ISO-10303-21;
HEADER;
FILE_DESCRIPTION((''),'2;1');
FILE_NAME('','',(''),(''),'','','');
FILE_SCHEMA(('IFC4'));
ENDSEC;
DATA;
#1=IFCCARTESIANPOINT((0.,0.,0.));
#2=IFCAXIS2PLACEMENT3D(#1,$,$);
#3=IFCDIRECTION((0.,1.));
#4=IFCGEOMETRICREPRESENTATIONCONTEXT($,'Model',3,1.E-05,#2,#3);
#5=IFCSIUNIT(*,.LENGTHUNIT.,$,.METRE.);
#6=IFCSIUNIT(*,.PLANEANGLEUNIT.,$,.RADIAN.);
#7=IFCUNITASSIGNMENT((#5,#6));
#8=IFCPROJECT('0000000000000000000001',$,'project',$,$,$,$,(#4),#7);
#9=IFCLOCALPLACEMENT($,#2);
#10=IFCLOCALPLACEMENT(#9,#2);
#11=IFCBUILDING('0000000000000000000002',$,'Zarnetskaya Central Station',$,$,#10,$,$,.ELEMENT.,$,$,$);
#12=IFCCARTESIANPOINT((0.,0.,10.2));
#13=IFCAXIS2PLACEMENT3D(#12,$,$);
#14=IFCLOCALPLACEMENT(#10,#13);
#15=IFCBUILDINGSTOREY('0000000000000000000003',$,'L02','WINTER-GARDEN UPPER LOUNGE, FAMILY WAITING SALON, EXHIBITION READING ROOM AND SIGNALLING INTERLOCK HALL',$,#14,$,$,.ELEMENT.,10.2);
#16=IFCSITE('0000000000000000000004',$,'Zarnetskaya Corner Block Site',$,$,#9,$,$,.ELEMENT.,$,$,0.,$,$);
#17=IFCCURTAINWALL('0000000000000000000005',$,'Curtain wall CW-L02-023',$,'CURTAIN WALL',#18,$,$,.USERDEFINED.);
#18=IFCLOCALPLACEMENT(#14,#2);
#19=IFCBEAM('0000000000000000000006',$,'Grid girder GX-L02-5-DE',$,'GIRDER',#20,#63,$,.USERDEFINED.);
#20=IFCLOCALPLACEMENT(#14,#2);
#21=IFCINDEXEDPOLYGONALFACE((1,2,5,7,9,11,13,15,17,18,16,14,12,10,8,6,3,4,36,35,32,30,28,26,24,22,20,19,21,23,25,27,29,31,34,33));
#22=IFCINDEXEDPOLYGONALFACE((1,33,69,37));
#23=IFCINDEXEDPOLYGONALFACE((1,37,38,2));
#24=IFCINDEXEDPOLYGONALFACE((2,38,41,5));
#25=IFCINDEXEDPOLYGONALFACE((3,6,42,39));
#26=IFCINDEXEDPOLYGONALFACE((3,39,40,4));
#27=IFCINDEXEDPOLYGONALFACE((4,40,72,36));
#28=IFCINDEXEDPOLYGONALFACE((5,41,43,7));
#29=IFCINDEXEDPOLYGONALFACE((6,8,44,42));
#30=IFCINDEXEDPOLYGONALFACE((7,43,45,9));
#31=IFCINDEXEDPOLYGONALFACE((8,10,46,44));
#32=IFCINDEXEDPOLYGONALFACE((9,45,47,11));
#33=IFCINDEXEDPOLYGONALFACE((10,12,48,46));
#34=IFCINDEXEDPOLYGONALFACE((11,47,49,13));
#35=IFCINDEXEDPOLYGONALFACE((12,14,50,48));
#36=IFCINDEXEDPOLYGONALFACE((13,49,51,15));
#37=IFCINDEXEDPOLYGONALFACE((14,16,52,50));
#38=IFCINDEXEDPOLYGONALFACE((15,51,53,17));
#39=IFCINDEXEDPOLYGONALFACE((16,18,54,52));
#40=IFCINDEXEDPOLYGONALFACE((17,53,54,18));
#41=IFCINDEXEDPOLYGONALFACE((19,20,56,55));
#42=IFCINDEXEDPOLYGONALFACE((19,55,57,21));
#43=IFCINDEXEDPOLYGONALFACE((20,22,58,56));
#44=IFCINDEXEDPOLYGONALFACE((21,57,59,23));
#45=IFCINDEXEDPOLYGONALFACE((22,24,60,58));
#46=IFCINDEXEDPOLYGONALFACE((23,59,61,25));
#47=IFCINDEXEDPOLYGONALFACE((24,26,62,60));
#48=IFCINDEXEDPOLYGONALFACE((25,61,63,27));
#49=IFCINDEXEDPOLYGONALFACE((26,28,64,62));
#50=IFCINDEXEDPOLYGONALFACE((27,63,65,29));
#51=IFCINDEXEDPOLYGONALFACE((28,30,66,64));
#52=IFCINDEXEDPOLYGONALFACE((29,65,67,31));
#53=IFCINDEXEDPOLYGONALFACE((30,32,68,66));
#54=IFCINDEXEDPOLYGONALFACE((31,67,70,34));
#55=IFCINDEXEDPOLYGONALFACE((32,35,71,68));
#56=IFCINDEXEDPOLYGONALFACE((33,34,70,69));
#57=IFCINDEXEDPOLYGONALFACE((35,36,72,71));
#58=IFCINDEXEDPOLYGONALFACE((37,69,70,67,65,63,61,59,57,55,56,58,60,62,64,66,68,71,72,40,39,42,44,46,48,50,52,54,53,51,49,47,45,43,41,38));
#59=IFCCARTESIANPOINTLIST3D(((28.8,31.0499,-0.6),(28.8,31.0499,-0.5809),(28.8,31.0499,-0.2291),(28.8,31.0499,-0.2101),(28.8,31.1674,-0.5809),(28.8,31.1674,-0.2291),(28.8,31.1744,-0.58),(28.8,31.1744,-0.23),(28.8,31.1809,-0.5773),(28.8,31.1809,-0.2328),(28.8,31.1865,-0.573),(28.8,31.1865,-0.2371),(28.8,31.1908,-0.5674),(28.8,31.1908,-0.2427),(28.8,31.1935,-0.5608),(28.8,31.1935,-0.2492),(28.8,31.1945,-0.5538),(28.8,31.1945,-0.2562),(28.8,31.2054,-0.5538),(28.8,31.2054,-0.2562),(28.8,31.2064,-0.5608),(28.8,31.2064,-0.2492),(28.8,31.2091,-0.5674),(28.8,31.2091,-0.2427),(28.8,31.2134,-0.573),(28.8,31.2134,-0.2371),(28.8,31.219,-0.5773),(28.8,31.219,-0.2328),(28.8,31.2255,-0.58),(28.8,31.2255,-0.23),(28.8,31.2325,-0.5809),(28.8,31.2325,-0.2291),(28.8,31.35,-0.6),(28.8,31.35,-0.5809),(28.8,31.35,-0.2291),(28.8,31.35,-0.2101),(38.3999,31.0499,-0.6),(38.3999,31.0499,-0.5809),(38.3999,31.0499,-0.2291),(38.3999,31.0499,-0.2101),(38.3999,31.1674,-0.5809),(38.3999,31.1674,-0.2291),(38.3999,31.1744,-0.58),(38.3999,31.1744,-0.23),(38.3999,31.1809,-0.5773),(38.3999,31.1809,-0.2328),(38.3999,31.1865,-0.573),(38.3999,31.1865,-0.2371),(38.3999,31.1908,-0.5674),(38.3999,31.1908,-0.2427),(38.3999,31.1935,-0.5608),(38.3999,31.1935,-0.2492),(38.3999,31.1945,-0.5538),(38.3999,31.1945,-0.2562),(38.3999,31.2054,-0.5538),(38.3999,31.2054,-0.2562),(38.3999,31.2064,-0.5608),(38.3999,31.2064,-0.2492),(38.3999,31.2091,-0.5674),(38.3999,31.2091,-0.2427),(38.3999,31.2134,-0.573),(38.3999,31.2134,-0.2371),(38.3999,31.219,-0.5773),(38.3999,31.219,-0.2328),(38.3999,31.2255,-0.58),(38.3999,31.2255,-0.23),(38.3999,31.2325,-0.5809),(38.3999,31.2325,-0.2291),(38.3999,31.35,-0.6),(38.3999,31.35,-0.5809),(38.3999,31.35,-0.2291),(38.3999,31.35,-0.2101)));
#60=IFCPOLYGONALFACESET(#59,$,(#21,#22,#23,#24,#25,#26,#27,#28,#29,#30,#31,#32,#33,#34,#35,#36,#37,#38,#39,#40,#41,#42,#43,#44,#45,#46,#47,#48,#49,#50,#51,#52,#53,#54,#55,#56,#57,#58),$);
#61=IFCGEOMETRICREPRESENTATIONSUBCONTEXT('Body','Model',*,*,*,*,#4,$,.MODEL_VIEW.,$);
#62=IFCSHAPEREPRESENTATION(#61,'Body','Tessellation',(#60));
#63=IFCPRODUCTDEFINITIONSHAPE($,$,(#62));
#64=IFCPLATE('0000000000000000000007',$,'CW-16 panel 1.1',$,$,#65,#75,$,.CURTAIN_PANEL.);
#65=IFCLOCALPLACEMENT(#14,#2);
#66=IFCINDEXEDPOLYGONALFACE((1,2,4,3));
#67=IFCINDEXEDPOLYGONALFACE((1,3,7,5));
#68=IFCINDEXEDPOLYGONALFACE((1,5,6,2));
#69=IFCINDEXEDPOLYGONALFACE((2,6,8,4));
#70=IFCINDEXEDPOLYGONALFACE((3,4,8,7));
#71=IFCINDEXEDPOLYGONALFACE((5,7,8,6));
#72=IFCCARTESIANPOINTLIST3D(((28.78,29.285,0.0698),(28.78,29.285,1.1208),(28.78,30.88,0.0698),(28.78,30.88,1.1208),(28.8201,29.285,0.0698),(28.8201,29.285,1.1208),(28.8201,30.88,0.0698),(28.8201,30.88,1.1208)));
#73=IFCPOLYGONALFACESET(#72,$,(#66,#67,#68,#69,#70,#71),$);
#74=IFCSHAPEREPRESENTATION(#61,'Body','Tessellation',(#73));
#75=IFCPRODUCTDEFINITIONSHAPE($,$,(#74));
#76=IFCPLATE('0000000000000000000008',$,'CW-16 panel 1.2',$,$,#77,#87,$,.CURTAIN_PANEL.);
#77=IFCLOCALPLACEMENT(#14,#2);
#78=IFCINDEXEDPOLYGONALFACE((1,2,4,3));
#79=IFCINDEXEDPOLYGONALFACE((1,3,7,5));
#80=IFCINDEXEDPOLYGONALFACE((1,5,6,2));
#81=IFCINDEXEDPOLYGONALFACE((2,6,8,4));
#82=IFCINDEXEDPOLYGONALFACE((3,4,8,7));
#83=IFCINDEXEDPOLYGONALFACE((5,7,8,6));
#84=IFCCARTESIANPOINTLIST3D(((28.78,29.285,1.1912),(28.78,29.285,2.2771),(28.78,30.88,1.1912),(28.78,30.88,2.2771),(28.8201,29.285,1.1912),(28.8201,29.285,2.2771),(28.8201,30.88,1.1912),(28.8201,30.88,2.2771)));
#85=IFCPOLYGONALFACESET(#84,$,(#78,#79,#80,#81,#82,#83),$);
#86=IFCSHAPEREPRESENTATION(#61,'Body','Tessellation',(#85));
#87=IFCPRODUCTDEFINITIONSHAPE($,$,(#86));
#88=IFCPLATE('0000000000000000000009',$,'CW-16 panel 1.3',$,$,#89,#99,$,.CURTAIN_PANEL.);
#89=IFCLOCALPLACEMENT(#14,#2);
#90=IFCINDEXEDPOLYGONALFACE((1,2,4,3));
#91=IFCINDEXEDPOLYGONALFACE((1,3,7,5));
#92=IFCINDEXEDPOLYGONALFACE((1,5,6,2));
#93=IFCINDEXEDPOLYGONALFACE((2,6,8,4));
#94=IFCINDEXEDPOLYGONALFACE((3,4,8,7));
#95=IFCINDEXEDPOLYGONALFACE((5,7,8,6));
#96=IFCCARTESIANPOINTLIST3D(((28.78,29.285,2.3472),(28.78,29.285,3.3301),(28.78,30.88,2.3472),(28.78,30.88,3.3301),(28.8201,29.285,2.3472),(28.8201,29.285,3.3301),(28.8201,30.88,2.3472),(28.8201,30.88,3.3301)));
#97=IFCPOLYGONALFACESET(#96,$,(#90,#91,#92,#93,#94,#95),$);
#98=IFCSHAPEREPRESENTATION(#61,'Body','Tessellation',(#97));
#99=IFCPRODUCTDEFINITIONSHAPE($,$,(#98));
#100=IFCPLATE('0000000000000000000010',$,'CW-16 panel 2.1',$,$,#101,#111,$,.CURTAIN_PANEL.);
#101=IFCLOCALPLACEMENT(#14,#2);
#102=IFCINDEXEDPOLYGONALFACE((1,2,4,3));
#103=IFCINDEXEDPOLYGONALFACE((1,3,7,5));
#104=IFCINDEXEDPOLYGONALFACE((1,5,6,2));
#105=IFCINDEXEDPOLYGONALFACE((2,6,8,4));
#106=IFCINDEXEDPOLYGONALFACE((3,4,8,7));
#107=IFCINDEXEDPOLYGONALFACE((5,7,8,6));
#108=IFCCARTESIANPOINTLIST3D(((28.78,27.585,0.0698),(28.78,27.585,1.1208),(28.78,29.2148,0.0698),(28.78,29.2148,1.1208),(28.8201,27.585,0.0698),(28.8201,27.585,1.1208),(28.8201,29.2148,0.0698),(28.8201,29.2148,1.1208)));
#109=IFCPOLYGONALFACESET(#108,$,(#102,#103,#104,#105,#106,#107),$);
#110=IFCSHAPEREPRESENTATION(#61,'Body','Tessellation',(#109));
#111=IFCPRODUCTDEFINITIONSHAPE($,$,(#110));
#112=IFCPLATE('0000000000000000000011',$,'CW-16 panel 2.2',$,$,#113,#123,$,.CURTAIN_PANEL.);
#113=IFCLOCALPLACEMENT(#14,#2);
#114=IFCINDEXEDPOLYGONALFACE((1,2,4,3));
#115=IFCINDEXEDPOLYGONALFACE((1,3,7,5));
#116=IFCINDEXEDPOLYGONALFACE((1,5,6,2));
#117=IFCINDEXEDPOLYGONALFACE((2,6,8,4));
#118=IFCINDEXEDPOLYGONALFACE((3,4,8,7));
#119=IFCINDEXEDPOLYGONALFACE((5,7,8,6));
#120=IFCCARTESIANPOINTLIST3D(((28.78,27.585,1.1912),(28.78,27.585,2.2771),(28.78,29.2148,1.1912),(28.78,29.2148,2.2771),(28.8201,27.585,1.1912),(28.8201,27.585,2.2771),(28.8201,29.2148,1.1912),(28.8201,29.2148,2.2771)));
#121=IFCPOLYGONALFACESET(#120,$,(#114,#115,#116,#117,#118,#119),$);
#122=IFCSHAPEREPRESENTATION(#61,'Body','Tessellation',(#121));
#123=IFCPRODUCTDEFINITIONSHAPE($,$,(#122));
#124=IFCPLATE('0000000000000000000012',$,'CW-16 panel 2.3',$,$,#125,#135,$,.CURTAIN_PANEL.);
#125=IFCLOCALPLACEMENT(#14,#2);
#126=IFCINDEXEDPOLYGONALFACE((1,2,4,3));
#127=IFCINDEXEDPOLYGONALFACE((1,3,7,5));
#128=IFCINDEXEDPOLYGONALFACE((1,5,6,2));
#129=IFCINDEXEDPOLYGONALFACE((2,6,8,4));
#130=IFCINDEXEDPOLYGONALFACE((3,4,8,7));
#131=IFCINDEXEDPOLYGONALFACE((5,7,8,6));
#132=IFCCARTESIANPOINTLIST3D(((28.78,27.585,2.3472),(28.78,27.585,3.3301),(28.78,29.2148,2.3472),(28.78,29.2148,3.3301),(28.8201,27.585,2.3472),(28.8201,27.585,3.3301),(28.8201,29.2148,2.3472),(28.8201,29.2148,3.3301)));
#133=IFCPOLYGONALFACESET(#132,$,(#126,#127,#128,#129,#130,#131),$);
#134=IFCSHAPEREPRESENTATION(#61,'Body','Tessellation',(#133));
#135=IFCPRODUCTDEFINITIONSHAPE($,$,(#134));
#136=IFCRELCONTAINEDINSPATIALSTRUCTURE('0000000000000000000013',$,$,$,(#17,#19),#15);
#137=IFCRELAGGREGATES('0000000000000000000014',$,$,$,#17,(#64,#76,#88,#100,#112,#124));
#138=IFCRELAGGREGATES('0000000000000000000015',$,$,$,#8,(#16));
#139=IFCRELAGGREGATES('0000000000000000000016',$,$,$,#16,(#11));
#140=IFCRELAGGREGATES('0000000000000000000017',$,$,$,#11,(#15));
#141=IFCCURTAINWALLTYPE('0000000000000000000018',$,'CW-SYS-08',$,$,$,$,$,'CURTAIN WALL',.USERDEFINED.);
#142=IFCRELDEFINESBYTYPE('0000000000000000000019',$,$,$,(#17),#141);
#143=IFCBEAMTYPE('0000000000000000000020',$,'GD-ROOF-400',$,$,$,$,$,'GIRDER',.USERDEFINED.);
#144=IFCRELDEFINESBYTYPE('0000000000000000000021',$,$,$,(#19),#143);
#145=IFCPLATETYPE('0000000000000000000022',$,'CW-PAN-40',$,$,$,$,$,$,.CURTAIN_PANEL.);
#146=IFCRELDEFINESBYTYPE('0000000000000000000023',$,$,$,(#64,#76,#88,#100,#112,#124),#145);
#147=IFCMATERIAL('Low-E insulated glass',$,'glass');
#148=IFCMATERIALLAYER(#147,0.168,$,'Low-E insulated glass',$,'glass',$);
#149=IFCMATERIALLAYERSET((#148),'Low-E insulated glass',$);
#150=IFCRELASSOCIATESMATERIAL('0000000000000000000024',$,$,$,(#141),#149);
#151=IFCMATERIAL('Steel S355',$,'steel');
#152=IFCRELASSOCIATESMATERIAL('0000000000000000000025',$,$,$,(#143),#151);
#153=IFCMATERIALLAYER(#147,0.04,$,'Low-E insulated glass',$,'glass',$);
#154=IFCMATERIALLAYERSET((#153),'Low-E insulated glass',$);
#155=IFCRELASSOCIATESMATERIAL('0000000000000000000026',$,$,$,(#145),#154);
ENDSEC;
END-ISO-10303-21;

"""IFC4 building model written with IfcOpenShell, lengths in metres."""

from ifc_helpers import new_model, si_unit, direction, frame, origin, origin_2d, place, context, subcontext, project, spatial, rectangle, i_section, extrude, material, layer, layer_set, material_profile, profile_set, type_object, element, aggregate, save


model = new_model("IFC4")

# Units and contexts
model_context = context("Model", 3, precision=1e-05, world=origin(), true_north=direction((0.0, 1.0)))
body_context = subcontext(model_context, "Body", "Model", "MODEL_VIEW")
ifc_project = project(units=[si_unit("LENGTHUNIT", "METRE"), si_unit("PLANEANGLEUNIT", "RADIAN")], contexts=[model_context])

# Site, building, storey
site_placement = place(None, origin())
site = spatial("IfcSite", under=ifc_project, at=site_placement, Name="Zarnetskaya Corner Block Site", CompositionType="ELEMENT", RefElevation=0.0)
building_placement = place(site_placement, origin())
building = spatial("IfcBuilding", under=site, at=building_placement, Name="Zarnetskaya Central Station", CompositionType="ELEMENT")
storey_placement = place(building_placement, frame((0.0, 0.0, 10.2)))
storey = spatial("IfcBuildingStorey", under=building, at=storey_placement, Name="L02", Description="WINTER-GARDEN UPPER LOUNGE, FAMILY WAITING SALON, EXHIBITION READING ROOM AND SIGNALLING INTERLOCK HALL", CompositionType="ELEMENT", Elevation=10.2)

# Shared definitions
ifc_material_1 = material(Name="Steel S355", Category="steel")

# Curtain wall
ifc_material_2 = material(Name="Low-E insulated glass", Category="glass")
ifc_layer_1 = layer(ifc_material_2, 0.168, Name="Low-E insulated glass", Category="glass")
ifc_layer_set_1 = layer_set([ifc_layer_1], Name="Low-E insulated glass")
curtain_wall_type = type_object("IfcCurtainWallType", Name="CW-SYS-08", ElementType="CURTAIN WALL", PredefinedType="USERDEFINED", material=ifc_layer_set_1)
curtain_wall_placement = place(storey_placement, origin())
curtain_wall = element("IfcCurtainWall", 1, at=curtain_wall_placement, inside=storey, type_object=curtain_wall_type, Name="Curtain wall CW-L02-023", ObjectType="CURTAIN WALL", PredefinedType="USERDEFINED")

# Beam
ifc_material_profile_1 = material_profile(ifc_material_1, i_section(OverallWidth=0.3, OverallDepth=0.3899, WebThickness=0.011, FlangeThickness=0.019, FilletRadius=0.0271, at=origin_2d()), Name="HEA 400")
ifc_profile_set_1 = profile_set([ifc_material_profile_1], Name="Steel S355")
beam_type_1 = type_object("IfcBeamType", Name="GD-ROOF-400", ElementType="GIRDER", PredefinedType="USERDEFINED", material=ifc_profile_set_1)
beam_1_placement = place(storey_placement, frame((28.8, 31.2, -0.405), z_axis=(1.0, 0.0, 0.0), x_axis=(0.0, 1.0, 0.0)))
element("IfcBeam", 2, at=beam_1_placement, inside=storey, type_object=beam_type_1, Name="Grid girder GX-L02-5-DE", ObjectType="GIRDER", PredefinedType="USERDEFINED", context=body_context, shape_type="SweptSolid", body=[
    extrude(i_section(OverallWidth=0.3, OverallDepth=0.3899, WebThickness=0.011, FlangeThickness=0.019, FilletRadius=0.0271, at=origin_2d()), origin(), (0.0, 0.0, 1.0), 9.5999),
])

# Plates
ifc_layer_2 = layer(ifc_material_2, 0.04, Name="Low-E insulated glass", Category="glass")
ifc_layer_set_2 = layer_set([ifc_layer_2], Name="Low-E insulated glass")
plate_type = type_object("IfcPlateType", Name="CW-PAN-40", PredefinedType="CURTAIN_PANEL", material=ifc_layer_set_2)
plate_1_placement = place(storey_placement, frame((28.8, 30.0825, 0.0698), z_axis=(0.0, 0.0, 1.0), x_axis=(0.0, -1.0, 0.0)))
plate_1 = element("IfcPlate", 3, at=plate_1_placement, type_object=plate_type, Name="CW-16 panel 1.1", PredefinedType="CURTAIN_PANEL", context=body_context, shape_type="SweptSolid", body=[
    extrude(rectangle(XDim=1.595, YDim=0.04, at=origin_2d()), origin(), (0.0, 0.0, 1.0), 1.051),
])
plate_2_placement = place(storey_placement, frame((28.8, 30.0825, 1.1912), z_axis=(0.0, 0.0, 1.0), x_axis=(0.0, -1.0, 0.0)))
plate_2 = element("IfcPlate", 4, at=plate_2_placement, type_object=plate_type, Name="CW-16 panel 1.2", PredefinedType="CURTAIN_PANEL", context=body_context, shape_type="SweptSolid", body=[
    extrude(rectangle(XDim=1.595, YDim=0.04, at=origin_2d()), origin(), (0.0, 0.0, 1.0), 1.0859),
])
plate_3_placement = place(storey_placement, frame((28.8, 30.0825, 2.3472), z_axis=(0.0, 0.0, 1.0), x_axis=(0.0, -1.0, 0.0)))
plate_3 = element("IfcPlate", 5, at=plate_3_placement, type_object=plate_type, Name="CW-16 panel 1.3", PredefinedType="CURTAIN_PANEL", context=body_context, shape_type="SweptSolid", body=[
    extrude(rectangle(XDim=1.595, YDim=0.04, at=origin_2d()), origin(), (0.0, 0.0, 1.0), 0.9829),
])
plate_4_placement = place(storey_placement, frame((28.8, 28.3999, 0.0698), z_axis=(0.0, 0.0, 1.0), x_axis=(0.0, -1.0, 0.0)))
plate_4 = element("IfcPlate", 6, at=plate_4_placement, type_object=plate_type, Name="CW-16 panel 2.1", PredefinedType="CURTAIN_PANEL", context=body_context, shape_type="SweptSolid", body=[
    extrude(rectangle(XDim=1.6299, YDim=0.04, at=origin_2d()), origin(), (0.0, 0.0, 1.0), 1.051),
])
plate_5_placement = place(storey_placement, frame((28.8, 28.3999, 1.1912), z_axis=(0.0, 0.0, 1.0), x_axis=(0.0, -1.0, 0.0)))
plate_5 = element("IfcPlate", 7, at=plate_5_placement, type_object=plate_type, Name="CW-16 panel 2.2", PredefinedType="CURTAIN_PANEL", context=body_context, shape_type="SweptSolid", body=[
    extrude(rectangle(XDim=1.6299, YDim=0.04, at=origin_2d()), origin(), (0.0, 0.0, 1.0), 1.0859),
])
plate_6_placement = place(storey_placement, frame((28.8, 28.3999, 2.3472), z_axis=(0.0, 0.0, 1.0), x_axis=(0.0, -1.0, 0.0)))
plate_6 = element("IfcPlate", 8, at=plate_6_placement, type_object=plate_type, Name="CW-16 panel 2.3", PredefinedType="CURTAIN_PANEL", context=body_context, shape_type="SweptSolid", body=[
    extrude(rectangle(XDim=1.6299, YDim=0.04, at=origin_2d()), origin(), (0.0, 0.0, 1.0), 0.9829),
])
aggregate(curtain_wall, [plate_1, plate_2, plate_3, plate_4, plate_5, plate_6])

save(model, "model.ifc")
